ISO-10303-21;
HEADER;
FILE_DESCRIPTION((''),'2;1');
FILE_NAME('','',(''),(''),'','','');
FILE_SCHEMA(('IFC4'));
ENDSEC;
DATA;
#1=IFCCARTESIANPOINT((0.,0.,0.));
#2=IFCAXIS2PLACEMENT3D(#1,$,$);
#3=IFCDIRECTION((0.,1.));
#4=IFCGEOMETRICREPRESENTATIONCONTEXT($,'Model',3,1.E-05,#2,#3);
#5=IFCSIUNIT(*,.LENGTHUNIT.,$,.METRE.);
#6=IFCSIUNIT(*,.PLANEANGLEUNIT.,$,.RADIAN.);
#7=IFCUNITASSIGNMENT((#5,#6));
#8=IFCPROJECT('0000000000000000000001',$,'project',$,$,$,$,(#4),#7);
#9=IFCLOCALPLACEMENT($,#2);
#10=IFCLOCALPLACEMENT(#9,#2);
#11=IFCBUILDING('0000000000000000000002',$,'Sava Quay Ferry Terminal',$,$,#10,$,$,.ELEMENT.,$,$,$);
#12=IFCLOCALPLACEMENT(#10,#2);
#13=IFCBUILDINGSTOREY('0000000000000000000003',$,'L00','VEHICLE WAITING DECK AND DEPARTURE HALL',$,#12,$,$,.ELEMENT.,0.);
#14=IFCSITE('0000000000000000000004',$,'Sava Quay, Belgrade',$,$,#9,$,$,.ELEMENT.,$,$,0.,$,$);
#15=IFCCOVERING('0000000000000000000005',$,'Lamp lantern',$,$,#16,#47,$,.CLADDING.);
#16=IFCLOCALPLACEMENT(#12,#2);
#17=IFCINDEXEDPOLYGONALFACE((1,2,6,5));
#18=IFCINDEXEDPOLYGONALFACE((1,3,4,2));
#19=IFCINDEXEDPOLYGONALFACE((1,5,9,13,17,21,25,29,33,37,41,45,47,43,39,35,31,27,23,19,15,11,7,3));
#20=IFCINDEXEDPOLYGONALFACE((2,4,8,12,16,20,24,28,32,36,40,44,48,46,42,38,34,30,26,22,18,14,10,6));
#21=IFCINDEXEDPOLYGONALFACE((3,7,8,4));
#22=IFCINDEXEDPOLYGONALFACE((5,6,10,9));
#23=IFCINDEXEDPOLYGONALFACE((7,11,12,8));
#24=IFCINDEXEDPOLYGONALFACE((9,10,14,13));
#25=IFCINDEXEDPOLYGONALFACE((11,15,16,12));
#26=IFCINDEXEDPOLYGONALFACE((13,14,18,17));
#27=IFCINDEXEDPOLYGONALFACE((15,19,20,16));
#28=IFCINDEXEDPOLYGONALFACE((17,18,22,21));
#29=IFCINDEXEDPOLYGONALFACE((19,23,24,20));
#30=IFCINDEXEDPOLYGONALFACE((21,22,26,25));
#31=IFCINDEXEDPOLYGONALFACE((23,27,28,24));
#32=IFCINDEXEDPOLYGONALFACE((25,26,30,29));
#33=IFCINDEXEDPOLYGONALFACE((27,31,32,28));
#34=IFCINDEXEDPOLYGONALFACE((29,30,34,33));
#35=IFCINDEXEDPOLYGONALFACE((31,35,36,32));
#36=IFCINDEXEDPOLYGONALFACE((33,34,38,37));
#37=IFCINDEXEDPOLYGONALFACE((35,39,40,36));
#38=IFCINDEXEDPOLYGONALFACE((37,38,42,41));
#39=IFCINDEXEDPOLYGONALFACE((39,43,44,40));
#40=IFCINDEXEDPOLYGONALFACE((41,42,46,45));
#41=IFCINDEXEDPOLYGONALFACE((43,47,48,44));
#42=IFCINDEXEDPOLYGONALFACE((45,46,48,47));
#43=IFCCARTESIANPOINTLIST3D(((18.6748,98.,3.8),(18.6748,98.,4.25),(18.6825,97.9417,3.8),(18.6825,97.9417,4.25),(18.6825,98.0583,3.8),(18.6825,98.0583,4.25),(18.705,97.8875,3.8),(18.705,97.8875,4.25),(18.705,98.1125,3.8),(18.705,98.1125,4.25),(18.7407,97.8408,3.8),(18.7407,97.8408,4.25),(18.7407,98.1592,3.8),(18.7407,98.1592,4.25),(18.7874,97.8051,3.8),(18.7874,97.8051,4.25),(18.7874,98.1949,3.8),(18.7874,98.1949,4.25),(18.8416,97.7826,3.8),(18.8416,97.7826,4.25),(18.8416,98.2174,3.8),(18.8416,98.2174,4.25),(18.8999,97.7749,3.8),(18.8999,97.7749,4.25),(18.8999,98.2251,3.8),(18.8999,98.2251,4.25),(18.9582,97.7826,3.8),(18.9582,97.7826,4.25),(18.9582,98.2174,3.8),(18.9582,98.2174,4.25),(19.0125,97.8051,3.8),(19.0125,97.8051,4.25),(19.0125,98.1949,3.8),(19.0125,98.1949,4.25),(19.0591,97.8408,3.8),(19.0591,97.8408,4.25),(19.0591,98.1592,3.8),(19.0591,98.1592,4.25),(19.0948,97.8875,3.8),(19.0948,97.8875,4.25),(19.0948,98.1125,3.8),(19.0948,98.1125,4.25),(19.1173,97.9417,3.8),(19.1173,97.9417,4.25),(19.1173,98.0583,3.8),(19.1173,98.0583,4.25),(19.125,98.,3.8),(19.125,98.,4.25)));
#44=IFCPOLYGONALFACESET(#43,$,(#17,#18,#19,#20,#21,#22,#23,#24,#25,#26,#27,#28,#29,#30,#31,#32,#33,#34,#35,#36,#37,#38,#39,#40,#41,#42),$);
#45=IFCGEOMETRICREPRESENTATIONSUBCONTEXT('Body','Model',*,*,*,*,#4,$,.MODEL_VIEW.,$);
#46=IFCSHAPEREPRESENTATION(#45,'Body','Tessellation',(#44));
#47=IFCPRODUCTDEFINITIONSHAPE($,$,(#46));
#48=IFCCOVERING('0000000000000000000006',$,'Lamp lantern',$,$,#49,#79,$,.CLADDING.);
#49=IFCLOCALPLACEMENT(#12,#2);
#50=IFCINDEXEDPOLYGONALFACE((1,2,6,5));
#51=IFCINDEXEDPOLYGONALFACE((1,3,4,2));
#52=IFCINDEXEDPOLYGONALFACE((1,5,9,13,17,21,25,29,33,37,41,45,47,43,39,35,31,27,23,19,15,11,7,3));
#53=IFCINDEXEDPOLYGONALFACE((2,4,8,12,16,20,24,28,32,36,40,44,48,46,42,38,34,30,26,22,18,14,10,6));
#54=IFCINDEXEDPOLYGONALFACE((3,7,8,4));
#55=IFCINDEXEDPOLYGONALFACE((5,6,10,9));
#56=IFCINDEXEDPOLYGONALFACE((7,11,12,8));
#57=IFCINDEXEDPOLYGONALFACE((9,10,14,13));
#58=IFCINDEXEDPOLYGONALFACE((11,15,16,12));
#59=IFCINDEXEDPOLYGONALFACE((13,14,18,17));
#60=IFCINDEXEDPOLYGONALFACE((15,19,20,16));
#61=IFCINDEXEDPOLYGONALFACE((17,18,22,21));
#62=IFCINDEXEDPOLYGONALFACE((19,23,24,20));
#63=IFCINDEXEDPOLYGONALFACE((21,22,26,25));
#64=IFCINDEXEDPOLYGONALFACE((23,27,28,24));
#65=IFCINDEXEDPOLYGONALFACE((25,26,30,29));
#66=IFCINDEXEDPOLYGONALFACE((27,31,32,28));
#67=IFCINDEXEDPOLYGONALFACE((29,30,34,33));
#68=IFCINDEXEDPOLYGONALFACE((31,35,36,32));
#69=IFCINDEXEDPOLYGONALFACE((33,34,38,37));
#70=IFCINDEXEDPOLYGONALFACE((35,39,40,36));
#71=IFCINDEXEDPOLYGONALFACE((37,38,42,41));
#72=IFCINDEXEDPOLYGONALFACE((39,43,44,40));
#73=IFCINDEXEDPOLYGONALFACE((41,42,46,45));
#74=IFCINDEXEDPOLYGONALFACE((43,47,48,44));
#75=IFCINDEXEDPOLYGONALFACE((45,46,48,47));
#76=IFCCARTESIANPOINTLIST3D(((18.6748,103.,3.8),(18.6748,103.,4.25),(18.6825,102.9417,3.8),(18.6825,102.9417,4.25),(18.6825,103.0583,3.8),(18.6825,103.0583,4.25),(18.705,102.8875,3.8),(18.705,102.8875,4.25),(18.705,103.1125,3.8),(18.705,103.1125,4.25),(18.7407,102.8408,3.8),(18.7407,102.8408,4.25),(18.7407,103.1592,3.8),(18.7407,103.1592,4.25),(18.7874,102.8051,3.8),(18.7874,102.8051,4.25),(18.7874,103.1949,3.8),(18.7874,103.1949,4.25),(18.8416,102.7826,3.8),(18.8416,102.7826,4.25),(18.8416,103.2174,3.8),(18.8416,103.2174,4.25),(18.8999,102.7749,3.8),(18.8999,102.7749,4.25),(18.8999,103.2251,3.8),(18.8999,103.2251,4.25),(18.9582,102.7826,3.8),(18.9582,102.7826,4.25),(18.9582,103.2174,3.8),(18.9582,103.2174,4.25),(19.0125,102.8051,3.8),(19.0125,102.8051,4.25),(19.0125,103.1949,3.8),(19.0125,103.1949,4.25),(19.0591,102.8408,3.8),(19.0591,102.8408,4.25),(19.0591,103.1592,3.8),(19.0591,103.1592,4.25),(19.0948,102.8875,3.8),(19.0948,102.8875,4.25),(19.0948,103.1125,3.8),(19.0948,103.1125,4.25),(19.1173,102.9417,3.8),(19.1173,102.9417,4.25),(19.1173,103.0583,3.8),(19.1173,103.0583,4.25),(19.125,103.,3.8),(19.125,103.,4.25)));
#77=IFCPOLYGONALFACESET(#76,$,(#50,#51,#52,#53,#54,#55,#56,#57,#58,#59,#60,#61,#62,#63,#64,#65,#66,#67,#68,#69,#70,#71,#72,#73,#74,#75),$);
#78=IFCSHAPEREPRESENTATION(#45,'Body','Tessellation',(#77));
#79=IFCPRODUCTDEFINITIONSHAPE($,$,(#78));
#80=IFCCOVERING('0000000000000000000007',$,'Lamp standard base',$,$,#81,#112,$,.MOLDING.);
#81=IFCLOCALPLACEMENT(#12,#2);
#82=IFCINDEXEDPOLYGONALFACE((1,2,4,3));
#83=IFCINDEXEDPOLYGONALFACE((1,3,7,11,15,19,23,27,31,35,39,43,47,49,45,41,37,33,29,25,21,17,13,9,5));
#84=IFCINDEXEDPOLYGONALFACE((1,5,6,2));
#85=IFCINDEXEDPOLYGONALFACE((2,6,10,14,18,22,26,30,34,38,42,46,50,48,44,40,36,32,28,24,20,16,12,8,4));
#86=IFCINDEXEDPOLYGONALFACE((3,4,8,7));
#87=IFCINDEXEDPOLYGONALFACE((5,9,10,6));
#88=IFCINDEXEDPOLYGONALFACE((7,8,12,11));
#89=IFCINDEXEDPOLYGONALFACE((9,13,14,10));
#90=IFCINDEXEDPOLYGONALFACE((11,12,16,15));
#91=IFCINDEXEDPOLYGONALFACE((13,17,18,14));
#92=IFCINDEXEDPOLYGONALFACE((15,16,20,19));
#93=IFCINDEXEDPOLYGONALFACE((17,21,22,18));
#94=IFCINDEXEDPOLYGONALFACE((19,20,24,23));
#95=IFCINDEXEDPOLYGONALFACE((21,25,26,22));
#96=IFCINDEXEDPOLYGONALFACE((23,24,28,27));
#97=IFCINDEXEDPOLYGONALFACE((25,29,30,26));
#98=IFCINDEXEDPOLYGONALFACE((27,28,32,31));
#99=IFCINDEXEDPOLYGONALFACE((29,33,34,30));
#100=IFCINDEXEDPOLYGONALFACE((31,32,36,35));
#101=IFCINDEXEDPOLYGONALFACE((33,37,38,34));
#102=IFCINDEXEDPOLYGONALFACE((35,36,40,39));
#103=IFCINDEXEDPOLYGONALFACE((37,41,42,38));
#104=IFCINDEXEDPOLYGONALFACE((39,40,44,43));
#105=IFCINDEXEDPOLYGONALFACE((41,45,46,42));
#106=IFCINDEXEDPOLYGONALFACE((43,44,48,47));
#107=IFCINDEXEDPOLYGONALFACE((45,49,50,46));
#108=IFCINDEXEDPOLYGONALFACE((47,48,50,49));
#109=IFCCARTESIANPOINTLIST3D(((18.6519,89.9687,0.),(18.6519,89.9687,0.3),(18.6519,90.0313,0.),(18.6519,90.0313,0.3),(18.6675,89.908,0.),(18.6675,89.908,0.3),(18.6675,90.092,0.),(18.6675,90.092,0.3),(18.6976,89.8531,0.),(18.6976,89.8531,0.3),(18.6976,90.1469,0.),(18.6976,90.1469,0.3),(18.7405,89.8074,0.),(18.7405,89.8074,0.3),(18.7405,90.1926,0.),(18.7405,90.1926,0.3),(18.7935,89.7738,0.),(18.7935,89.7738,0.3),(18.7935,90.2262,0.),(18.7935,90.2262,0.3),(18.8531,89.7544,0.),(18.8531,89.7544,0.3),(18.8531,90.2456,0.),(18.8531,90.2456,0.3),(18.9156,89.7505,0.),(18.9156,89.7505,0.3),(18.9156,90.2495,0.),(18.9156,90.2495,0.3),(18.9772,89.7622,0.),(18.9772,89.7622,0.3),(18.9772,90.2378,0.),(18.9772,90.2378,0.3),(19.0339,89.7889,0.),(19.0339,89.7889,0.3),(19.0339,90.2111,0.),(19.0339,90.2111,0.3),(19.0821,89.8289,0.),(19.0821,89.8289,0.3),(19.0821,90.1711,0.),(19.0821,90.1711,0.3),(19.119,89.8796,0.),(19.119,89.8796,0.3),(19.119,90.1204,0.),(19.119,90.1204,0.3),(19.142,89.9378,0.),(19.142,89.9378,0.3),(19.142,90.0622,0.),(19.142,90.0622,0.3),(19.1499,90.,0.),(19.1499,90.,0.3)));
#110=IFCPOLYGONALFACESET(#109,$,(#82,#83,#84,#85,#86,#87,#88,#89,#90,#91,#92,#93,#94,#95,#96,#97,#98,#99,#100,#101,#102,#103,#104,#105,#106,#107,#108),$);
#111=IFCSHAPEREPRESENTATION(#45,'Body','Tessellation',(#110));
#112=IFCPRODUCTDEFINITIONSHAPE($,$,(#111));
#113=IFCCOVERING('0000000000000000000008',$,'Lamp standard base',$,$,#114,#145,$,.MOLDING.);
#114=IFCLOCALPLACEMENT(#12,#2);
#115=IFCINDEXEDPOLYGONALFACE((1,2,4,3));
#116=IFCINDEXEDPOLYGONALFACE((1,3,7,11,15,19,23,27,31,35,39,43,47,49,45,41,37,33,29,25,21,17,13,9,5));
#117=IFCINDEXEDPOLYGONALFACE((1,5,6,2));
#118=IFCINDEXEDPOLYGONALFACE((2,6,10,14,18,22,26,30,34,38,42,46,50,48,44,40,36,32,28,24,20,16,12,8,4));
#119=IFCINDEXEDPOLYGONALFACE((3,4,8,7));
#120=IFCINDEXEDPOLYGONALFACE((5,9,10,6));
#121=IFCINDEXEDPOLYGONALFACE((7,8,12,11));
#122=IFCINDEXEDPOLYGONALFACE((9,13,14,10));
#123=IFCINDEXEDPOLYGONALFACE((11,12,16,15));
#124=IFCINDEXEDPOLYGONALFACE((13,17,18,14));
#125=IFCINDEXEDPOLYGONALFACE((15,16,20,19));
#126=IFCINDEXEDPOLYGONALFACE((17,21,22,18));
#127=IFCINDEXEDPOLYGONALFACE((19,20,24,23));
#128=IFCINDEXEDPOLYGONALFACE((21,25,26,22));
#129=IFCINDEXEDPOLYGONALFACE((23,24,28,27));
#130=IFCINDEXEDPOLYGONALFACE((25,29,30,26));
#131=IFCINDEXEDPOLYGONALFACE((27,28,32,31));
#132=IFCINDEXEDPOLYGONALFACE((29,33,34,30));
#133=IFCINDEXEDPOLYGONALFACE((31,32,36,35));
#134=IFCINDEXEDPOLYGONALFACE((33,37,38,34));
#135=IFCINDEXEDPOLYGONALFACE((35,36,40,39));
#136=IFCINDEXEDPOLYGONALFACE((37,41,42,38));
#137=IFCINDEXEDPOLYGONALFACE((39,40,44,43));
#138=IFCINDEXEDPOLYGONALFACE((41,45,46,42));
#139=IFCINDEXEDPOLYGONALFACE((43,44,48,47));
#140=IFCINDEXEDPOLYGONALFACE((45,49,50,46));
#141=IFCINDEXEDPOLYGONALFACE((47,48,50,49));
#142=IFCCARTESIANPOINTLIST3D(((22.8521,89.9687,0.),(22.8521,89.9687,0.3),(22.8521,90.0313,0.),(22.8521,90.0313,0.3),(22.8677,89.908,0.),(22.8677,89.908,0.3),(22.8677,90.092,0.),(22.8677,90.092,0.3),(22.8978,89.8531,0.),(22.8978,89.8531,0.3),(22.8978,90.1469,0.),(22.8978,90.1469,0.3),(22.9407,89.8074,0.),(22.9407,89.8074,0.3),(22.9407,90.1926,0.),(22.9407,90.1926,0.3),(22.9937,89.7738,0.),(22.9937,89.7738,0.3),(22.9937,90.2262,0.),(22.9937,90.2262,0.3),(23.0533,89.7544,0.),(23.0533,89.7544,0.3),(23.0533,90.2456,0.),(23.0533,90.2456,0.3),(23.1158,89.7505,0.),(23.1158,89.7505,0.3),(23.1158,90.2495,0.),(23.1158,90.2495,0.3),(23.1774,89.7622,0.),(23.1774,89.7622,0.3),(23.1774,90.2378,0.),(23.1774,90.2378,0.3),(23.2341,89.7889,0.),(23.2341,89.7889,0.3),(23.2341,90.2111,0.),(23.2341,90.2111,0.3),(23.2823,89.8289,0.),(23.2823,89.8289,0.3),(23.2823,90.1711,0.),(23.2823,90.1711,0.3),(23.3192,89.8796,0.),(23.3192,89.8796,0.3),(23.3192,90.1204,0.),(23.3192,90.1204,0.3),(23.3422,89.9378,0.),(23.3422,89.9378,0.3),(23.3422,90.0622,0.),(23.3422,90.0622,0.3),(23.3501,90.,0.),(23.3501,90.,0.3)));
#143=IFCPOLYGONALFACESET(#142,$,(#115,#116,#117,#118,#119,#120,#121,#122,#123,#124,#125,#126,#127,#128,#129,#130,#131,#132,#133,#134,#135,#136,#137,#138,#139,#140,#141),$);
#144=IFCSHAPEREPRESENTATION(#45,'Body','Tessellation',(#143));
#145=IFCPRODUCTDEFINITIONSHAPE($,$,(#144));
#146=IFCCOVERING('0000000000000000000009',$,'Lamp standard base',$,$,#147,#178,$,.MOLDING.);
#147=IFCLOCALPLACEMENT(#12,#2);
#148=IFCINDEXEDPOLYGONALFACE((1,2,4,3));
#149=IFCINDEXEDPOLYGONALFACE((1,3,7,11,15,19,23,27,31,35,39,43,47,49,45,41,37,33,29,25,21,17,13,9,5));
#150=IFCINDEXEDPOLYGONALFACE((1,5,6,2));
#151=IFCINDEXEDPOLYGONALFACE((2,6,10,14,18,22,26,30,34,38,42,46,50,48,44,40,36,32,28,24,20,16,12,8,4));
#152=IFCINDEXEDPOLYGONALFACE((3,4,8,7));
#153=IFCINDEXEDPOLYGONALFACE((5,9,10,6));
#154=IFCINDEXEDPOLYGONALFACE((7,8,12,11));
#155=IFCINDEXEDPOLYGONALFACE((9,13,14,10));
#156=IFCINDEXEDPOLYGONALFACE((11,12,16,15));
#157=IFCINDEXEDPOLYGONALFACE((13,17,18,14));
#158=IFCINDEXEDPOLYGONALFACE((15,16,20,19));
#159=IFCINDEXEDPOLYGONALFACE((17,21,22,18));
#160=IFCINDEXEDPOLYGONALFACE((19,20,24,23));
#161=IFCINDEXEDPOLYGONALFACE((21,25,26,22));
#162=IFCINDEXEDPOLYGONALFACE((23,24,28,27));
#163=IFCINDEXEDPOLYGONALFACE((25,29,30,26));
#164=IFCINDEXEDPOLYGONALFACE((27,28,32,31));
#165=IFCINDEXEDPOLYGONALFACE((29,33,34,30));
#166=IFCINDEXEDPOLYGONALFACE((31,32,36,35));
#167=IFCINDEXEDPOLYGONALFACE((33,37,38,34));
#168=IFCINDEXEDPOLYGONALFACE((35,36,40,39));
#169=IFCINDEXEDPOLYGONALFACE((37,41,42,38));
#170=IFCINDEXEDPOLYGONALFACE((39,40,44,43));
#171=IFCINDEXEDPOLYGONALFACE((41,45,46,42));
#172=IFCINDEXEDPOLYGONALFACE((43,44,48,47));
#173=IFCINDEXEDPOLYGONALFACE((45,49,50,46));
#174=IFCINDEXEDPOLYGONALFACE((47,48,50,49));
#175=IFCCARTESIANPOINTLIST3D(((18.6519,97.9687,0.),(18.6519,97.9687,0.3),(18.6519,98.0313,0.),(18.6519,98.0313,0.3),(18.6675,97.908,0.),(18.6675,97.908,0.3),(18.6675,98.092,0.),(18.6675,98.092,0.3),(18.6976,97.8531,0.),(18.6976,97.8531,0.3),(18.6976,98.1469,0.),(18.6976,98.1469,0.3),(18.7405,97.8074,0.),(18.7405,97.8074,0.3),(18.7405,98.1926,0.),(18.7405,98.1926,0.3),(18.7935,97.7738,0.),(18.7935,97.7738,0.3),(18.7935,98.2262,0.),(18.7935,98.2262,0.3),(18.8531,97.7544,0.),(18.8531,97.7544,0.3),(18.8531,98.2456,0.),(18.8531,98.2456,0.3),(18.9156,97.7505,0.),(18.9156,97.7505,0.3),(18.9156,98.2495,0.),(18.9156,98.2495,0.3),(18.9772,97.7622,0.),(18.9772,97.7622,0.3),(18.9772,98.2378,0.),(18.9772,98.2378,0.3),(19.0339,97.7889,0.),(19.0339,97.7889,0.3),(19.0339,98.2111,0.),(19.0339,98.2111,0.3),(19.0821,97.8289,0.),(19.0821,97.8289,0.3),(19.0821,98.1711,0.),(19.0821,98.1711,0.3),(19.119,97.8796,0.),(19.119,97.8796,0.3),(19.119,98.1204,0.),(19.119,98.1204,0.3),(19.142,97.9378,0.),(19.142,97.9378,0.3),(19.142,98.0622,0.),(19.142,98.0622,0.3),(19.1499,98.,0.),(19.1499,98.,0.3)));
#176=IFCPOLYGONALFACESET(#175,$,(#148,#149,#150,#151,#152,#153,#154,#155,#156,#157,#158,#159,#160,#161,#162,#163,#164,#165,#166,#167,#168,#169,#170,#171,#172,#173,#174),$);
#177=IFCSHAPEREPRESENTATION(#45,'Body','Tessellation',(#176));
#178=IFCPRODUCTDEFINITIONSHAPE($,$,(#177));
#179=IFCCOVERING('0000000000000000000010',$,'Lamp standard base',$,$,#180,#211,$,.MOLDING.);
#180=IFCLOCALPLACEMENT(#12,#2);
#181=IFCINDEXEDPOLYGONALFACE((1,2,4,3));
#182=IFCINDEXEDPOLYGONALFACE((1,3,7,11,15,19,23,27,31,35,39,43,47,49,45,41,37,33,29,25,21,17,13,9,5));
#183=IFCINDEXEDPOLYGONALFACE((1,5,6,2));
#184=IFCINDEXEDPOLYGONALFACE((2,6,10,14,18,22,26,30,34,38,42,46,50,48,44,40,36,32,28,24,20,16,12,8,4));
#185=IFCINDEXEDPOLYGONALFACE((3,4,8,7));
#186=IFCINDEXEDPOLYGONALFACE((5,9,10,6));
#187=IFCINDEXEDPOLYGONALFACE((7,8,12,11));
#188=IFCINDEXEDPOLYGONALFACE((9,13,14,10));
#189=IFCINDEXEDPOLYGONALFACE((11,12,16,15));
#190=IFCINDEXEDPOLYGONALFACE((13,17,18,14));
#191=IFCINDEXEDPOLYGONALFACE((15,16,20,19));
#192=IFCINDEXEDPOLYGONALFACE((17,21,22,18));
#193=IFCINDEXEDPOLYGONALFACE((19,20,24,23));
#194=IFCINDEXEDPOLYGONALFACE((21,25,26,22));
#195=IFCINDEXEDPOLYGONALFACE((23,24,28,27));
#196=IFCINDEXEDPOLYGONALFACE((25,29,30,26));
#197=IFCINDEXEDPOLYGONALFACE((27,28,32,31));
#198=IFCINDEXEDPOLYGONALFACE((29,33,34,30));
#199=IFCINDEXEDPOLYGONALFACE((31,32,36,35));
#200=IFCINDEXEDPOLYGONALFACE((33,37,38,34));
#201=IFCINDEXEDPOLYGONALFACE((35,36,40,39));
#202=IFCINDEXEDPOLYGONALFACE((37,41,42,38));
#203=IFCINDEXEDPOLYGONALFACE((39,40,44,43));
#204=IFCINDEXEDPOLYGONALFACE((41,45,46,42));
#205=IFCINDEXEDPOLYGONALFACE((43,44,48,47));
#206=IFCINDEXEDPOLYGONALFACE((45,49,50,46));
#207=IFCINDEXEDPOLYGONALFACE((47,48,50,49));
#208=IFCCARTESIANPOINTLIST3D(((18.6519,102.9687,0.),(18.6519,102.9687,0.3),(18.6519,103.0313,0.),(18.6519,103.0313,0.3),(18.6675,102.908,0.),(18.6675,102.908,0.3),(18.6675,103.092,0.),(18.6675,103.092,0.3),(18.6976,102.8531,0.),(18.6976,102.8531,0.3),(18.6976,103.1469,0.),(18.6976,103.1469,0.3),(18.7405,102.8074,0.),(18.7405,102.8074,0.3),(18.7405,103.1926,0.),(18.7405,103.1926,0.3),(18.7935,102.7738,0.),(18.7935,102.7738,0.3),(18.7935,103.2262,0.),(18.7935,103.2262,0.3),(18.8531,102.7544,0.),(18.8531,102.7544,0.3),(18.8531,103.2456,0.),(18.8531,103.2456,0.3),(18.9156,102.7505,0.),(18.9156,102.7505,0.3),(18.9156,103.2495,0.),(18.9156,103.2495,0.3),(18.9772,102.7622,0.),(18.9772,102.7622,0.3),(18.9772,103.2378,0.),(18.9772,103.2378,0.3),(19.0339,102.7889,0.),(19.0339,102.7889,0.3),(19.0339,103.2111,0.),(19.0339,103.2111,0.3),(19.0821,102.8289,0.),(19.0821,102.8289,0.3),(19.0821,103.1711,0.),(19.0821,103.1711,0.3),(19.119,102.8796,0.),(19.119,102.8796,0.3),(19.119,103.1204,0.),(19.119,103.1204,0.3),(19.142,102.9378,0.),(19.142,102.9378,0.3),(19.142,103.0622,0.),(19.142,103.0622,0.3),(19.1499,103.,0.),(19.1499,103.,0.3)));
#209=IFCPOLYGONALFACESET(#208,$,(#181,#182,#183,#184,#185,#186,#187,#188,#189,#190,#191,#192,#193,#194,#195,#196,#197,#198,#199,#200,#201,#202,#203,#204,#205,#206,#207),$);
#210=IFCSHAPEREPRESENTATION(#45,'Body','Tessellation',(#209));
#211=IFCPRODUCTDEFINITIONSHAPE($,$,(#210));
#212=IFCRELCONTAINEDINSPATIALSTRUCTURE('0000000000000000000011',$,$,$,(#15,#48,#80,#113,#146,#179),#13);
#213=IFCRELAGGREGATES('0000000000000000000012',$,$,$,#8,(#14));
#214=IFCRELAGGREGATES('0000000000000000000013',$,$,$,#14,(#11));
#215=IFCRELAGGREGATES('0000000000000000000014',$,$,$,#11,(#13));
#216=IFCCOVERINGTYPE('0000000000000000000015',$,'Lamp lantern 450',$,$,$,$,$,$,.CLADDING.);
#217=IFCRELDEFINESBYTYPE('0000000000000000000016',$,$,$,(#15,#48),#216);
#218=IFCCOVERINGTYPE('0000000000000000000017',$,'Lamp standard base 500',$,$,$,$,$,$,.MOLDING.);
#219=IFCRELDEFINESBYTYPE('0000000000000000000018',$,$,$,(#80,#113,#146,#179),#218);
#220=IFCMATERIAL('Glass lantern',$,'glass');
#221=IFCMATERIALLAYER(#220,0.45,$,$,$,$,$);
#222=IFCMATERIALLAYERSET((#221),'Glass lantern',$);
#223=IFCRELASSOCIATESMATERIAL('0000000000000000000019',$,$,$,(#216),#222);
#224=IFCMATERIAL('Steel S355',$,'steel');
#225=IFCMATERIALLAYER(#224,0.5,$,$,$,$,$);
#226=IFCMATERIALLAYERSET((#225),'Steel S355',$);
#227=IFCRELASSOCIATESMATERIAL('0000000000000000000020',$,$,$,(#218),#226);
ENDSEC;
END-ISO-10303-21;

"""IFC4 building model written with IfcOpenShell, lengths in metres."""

from ifc_helpers import new_model, si_unit, direction, frame, origin, origin_2d, place, context, subcontext, project, spatial, circle, extrude, material, layer, layer_set, type_object, element, save


model = new_model("IFC4")

# Units and contexts
model_context = context("Model", 3, precision=1e-05, world=origin(), true_north=direction((0.0, 1.0)))
body_context = subcontext(model_context, "Body", "Model", "MODEL_VIEW")
ifc_project = project(units=[si_unit("LENGTHUNIT", "METRE"), si_unit("PLANEANGLEUNIT", "RADIAN")], contexts=[model_context])

# Site, building, storey
site_placement = place(None, origin())
site = spatial("IfcSite", under=ifc_project, at=site_placement, Name="Sava Quay, Belgrade", CompositionType="ELEMENT", RefElevation=0.0)
building_placement = place(site_placement, origin())
building = spatial("IfcBuilding", under=site, at=building_placement, Name="Sava Quay Ferry Terminal", CompositionType="ELEMENT")
storey_placement = place(building_placement, origin())
storey = spatial("IfcBuildingStorey", under=building, at=storey_placement, Name="L00", Description="VEHICLE WAITING DECK AND DEPARTURE HALL", CompositionType="ELEMENT", Elevation=0.0)

# Coverings
ifc_material_1 = material(Name="Glass lantern", Category="glass")
ifc_layer_1 = layer(ifc_material_1, 0.45)
ifc_layer_set_1 = layer_set([ifc_layer_1], Name="Glass lantern")
covering_type_1 = type_object("IfcCoveringType", Name="Lamp lantern 450", PredefinedType="CLADDING", material=ifc_layer_set_1)
for number, where, z_axis, x_axis, name in (
    (1, (18.8999, 98.0, 4.25), (0.0, 0.0, -1.0), (1.0, 0.0, 0.0), "Lamp lantern"),
    (2, (18.8999, 103.0, 4.25), (0.0, 0.0, -1.0), (1.0, 0.0, 0.0), "Lamp lantern"),
):
    element("IfcCovering", number, at=place(storey_placement, frame(where, z_axis=z_axis, x_axis=x_axis)), inside=storey, type_object=covering_type_1, Name=name, PredefinedType="CLADDING", context=body_context, shape_type="SweptSolid", body=[
        extrude(circle(Radius=0.2251, at=origin_2d()), origin(), (0.0, 0.0, 1.0), 0.45),
    ])
ifc_material_2 = material(Name="Steel S355", Category="steel")
ifc_layer_2 = layer(ifc_material_2, 0.5)
ifc_layer_set_2 = layer_set([ifc_layer_2], Name="Steel S355")
covering_type_2 = type_object("IfcCoveringType", Name="Lamp standard base 500", PredefinedType="MOLDING", material=ifc_layer_set_2)
for number, where, z_axis, x_axis, name in (
    (3, (18.8999, 90.0, 0.3), (0.0, 0.0, -1.0), (1.0, 0.0, 0.0), "Lamp standard base"),
    (4, (23.1001, 90.0, 0.3), (0.0, 0.0, -1.0), (1.0, 0.0, 0.0), "Lamp standard base"),
    (5, (18.8999, 98.0, 0.3), (0.0, 0.0, -1.0), (1.0, 0.0, 0.0), "Lamp standard base"),
    (6, (18.8999, 103.0, 0.3), (0.0, 0.0, -1.0), (1.0, 0.0, 0.0), "Lamp standard base"),
):
    element("IfcCovering", number, at=place(storey_placement, frame(where, z_axis=z_axis, x_axis=x_axis)), inside=storey, type_object=covering_type_2, Name=name, PredefinedType="MOLDING", context=body_context, shape_type="SweptSolid", body=[
        extrude(circle(Radius=0.25, at=origin_2d()), origin(), (0.0, 0.0, 1.0), 0.3),
    ])

save(model, "model.ifc")
